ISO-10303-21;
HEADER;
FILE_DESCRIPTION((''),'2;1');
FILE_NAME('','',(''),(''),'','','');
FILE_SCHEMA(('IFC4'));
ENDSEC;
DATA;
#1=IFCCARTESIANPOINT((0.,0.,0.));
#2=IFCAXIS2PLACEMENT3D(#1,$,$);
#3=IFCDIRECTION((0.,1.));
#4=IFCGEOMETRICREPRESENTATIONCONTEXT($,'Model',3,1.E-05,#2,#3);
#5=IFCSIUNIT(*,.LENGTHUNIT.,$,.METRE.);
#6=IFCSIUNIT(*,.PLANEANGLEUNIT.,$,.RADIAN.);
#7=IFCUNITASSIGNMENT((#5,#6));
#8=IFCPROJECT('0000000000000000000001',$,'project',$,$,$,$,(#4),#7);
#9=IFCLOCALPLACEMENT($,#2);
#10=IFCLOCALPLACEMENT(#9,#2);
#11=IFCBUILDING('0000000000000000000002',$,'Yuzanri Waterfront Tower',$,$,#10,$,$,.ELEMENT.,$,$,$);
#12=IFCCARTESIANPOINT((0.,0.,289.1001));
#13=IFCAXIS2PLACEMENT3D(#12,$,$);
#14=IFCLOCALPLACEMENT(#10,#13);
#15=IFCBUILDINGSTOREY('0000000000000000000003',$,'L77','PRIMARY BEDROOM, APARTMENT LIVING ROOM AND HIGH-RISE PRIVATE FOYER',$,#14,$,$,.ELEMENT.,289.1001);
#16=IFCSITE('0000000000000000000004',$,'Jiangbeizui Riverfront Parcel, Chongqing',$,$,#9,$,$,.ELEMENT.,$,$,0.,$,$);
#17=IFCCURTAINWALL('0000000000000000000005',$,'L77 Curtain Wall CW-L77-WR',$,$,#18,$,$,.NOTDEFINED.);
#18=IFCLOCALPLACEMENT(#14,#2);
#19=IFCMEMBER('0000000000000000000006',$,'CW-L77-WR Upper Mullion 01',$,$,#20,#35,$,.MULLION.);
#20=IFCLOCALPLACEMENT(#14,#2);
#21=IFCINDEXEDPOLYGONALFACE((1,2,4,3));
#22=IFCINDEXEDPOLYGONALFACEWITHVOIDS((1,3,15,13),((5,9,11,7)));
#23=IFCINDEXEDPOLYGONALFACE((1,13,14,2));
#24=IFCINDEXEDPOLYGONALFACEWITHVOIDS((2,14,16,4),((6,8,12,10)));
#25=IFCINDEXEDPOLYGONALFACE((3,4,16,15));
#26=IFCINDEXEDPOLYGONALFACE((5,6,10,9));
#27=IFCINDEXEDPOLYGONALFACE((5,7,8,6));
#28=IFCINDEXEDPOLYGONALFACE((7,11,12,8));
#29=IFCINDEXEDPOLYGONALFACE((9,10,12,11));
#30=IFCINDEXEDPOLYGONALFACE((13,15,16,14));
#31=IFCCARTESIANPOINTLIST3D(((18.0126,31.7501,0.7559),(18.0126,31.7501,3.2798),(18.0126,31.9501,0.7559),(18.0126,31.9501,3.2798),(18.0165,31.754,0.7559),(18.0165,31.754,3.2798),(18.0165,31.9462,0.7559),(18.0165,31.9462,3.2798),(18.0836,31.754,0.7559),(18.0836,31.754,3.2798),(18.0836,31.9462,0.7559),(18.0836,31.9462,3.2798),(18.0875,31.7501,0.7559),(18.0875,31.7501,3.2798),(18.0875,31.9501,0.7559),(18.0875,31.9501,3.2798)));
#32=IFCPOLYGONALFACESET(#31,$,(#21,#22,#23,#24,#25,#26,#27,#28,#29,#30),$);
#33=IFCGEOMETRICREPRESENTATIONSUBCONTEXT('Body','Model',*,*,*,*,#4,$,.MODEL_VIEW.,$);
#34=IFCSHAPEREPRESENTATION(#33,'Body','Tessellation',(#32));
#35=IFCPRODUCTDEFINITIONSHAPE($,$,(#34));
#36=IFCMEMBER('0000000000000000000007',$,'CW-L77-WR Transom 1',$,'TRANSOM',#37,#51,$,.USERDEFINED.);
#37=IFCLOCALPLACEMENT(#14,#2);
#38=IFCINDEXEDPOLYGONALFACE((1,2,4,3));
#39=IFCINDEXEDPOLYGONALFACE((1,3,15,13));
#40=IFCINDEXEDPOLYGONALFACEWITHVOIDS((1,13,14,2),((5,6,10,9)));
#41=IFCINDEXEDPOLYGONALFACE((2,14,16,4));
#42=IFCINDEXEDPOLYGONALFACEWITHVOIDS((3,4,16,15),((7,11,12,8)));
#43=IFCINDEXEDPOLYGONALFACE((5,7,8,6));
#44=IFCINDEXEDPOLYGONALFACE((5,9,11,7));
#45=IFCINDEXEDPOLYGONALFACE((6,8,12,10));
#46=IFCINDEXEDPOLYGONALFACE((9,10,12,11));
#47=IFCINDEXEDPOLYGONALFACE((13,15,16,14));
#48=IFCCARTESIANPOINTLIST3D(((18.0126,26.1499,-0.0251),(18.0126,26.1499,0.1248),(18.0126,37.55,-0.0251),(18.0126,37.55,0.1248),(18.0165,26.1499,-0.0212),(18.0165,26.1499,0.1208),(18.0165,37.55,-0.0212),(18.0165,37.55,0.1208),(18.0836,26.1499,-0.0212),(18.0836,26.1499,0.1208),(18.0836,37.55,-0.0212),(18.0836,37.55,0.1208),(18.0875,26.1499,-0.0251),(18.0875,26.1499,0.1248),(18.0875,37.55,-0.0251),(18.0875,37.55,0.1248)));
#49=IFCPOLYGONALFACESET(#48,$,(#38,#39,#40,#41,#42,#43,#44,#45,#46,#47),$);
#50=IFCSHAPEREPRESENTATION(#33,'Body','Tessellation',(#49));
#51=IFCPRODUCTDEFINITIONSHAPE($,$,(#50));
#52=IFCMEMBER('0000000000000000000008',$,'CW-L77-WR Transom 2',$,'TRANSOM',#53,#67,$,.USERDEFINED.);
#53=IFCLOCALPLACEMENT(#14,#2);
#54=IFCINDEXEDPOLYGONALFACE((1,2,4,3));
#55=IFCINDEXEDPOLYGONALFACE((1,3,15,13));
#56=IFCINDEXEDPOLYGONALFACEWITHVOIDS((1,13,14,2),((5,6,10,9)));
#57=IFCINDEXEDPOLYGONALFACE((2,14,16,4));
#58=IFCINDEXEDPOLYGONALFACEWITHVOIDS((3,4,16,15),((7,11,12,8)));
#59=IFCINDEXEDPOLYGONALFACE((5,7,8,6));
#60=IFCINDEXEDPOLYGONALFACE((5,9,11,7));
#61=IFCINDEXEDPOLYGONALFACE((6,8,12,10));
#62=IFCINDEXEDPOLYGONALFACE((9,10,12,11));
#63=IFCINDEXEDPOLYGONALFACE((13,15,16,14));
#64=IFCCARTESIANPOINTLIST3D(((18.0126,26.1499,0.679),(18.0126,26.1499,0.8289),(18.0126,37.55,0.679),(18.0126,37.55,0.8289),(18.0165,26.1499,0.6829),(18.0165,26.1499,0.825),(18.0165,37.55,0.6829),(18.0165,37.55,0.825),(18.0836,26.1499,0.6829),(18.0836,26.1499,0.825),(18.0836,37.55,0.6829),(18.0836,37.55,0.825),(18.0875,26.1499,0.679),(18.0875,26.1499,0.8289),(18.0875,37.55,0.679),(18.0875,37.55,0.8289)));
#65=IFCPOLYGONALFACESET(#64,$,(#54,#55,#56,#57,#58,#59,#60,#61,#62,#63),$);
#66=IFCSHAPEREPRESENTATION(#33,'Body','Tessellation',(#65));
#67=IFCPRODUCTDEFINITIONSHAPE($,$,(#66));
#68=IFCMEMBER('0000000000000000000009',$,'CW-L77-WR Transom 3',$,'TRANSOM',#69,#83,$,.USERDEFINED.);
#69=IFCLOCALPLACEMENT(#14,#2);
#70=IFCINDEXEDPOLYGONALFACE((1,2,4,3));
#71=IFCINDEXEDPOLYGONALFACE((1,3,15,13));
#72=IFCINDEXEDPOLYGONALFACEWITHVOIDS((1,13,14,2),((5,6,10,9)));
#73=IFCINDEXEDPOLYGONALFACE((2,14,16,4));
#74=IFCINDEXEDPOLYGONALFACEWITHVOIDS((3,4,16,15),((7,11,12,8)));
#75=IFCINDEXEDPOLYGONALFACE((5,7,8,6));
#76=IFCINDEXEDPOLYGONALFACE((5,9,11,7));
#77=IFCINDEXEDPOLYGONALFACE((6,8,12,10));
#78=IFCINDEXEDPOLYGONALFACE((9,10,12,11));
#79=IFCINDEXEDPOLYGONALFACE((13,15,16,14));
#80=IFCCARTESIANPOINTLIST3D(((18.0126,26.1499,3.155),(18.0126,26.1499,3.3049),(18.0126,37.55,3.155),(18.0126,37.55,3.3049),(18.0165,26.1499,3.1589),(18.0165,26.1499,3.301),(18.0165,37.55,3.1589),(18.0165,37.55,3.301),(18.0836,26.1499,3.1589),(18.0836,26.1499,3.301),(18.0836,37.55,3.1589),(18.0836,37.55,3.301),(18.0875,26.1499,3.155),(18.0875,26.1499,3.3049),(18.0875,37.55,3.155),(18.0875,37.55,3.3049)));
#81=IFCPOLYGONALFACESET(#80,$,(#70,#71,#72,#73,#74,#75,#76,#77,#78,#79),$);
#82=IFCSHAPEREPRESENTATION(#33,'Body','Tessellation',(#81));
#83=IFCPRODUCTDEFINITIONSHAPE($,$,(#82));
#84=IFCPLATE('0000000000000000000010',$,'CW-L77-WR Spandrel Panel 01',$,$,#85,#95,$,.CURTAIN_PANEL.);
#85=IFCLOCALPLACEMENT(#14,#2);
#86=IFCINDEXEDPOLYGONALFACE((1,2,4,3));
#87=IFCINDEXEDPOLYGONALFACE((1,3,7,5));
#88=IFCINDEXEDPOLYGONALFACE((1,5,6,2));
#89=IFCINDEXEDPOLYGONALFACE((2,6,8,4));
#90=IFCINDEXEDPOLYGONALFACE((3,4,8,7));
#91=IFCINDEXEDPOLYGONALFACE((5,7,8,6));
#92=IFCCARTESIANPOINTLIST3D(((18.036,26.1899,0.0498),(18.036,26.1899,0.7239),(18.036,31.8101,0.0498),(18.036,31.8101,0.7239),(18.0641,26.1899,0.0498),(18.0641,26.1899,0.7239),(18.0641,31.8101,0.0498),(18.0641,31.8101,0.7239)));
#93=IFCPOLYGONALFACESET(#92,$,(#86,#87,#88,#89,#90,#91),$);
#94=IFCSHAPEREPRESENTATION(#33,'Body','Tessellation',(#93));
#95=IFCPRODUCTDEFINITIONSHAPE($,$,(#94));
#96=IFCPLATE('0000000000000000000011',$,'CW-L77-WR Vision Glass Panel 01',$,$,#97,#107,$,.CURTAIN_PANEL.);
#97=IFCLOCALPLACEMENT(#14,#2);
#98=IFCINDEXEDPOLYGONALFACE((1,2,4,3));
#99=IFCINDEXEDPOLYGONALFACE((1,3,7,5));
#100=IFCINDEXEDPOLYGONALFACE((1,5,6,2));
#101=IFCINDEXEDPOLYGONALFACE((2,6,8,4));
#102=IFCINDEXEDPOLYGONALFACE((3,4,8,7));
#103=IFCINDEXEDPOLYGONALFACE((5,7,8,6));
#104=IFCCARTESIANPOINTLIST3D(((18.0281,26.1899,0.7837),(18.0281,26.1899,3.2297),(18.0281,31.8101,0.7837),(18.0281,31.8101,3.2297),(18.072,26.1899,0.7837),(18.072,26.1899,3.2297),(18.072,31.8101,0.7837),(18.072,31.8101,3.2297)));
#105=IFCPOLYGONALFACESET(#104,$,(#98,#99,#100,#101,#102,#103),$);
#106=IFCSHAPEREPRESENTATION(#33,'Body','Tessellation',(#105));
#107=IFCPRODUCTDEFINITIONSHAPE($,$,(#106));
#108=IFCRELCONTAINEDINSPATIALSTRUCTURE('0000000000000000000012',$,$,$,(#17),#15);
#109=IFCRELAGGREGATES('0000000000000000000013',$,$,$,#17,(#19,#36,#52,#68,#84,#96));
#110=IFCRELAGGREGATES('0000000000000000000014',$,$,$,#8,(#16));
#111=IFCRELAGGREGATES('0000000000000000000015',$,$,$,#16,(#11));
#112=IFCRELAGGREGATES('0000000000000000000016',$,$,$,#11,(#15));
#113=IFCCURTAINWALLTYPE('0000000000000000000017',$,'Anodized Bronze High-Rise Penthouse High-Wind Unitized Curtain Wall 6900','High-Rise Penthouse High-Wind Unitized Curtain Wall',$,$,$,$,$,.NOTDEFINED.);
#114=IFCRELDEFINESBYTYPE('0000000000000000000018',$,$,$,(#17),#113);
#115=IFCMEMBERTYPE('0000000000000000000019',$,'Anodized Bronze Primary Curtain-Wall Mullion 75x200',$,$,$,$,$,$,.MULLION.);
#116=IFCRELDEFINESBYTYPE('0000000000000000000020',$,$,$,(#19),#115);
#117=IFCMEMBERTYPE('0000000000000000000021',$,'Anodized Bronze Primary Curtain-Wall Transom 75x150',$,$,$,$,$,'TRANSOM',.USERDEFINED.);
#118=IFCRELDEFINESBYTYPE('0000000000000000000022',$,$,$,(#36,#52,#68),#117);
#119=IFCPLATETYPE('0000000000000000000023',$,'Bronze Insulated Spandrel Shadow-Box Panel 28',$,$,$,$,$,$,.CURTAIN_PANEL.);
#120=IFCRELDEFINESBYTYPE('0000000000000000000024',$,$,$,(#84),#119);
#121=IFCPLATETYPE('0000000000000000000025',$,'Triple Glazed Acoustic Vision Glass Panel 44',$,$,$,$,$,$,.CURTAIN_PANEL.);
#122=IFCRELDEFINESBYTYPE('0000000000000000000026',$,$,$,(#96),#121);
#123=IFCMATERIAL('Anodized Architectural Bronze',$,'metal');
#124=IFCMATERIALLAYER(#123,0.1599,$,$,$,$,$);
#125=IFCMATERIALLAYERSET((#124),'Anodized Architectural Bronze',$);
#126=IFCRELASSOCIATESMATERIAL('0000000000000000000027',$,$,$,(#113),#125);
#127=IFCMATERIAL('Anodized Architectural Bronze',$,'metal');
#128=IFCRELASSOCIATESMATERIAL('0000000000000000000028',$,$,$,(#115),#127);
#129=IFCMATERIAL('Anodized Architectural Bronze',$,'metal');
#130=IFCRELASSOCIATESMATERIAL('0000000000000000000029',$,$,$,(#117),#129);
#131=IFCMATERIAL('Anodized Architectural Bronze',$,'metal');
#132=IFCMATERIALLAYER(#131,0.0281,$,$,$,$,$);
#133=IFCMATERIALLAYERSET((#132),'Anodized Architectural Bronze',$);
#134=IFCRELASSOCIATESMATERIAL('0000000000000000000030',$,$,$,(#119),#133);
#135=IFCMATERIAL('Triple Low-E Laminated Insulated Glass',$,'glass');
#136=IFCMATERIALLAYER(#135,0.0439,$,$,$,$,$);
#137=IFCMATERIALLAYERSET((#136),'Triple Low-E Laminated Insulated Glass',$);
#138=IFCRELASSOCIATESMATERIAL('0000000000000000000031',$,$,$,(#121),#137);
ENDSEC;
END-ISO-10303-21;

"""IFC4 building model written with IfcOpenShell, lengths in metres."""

from ifc_helpers import new_model, si_unit, direction, frame, origin, origin_2d, place, context, subcontext, project, spatial, rectangle, hollow_rectangle, extrude, source, transform, mapped, material, layer, layer_set, material_profile, profile_set, type_object, element, aggregate, save


model = new_model("IFC4")

# Units and contexts
model_context = context("Model", 3, precision=1e-05, world=origin(), true_north=direction((0.0, 1.0)))
body_context = subcontext(model_context, "Body", "Model", "MODEL_VIEW")
ifc_project = project(units=[si_unit("LENGTHUNIT", "METRE"), si_unit("PLANEANGLEUNIT", "RADIAN")], contexts=[model_context])

# Site, building, storey
site_placement = place(None, origin())
site = spatial("IfcSite", under=ifc_project, at=site_placement, Name="Jiangbeizui Riverfront Parcel, Chongqing", CompositionType="ELEMENT", RefElevation=0.0)
building_placement = place(site_placement, origin())
building = spatial("IfcBuilding", under=site, at=building_placement, Name="Yuzanri Waterfront Tower", CompositionType="ELEMENT")
storey_placement = place(building_placement, frame((0.0, 0.0, 289.1001)))
storey = spatial("IfcBuildingStorey", under=building, at=storey_placement, Name="L77", Description="PRIMARY BEDROOM, APARTMENT LIVING ROOM AND HIGH-RISE PRIVATE FOYER", CompositionType="ELEMENT", Elevation=289.1001)

# Shared definitions
ifc_material_1 = material(Name="Anodized Architectural Bronze", Category="metal")
ifc_layer_1 = layer(ifc_material_1, 0.1599)
ifc_layer_set_1 = layer_set([ifc_layer_1], Name="Anodized Architectural Bronze")
curtain_wall_type = type_object("IfcCurtainWallType", Name="Anodized Bronze High-Rise Penthouse High-Wind Unitized Curtain Wall 6900", Description="High-Rise Penthouse High-Wind Unitized Curtain Wall", PredefinedType="NOTDEFINED", material=ifc_layer_set_1)
ifc_material_2 = material(Name="Anodized Architectural Bronze", Category="metal")
ifc_material_profile_1 = material_profile(ifc_material_2, hollow_rectangle(XDim=0.075, YDim=0.2, WallThickness=0.0039, at=origin_2d()), Name="CWM 75x200")
ifc_profile_set_1 = profile_set([ifc_material_profile_1], Name="Anodized Architectural Bronze")
member_type_1 = type_object("IfcMemberType", Name="Anodized Bronze Primary Curtain-Wall Mullion 75x200", PredefinedType="MULLION", material=ifc_profile_set_1)

# Curtain wall
curtain_wall_1_placement = place(storey_placement, origin())
curtain_wall_1 = element("IfcCurtainWall", 1, at=curtain_wall_1_placement, inside=storey, type_object=curtain_wall_type, Name="L77 Curtain Wall CW-L77-WR", PredefinedType="NOTDEFINED")

# Members
shared_shape_1 = source(origin(), body_context, "Body", "SweptSolid", [
    extrude(hollow_rectangle(XDim=0.075, YDim=0.2, WallThickness=0.0039, at=origin_2d()), origin(), (0.0, 0.0, 1.0), 2.5239),
])
member_1_placement = place(storey_placement, frame((18.05, 31.8501, 0.7559), z_axis=(0.0, 0.0, 1.0), x_axis=(1.0, 0.0, 0.0)))
member_1 = element("IfcMember", 2, at=member_1_placement, type_object=member_type_1, Name="CW-L77-WR Upper Mullion 01", PredefinedType="MULLION", context=body_context, shape_type="MappedRepresentation", body=[
    mapped(shared_shape_1, transform((0.0, 0.0, 0.0), scale=1.0)),
])
ifc_material_3 = material(Name="Anodized Architectural Bronze", Category="metal")
ifc_material_profile_2 = material_profile(ifc_material_3, hollow_rectangle(XDim=0.075, YDim=0.1499, WallThickness=0.0039, at=origin_2d()), Name="CWT 75x150")
ifc_profile_set_2 = profile_set([ifc_material_profile_2], Name="Anodized Architectural Bronze")
member_type_2 = type_object("IfcMemberType", Name="Anodized Bronze Primary Curtain-Wall Transom 75x150", ElementType="TRANSOM", PredefinedType="USERDEFINED", material=ifc_profile_set_2)
shared_shape_2 = source(origin(), body_context, "Body", "SweptSolid", [
    extrude(hollow_rectangle(XDim=0.075, YDim=0.1499, WallThickness=0.0039, at=origin_2d()), origin(), (0.0, 0.0, 1.0), 11.4001),
])
member_2_placement = place(storey_placement, frame((18.05, 26.1499, 0.0498), z_axis=(0.0, 1.0, 0.0), x_axis=(-1.0, 0.0, 0.0)))
member_2 = element("IfcMember", 3, at=member_2_placement, type_object=member_type_2, Name="CW-L77-WR Transom 1", ObjectType="TRANSOM", PredefinedType="USERDEFINED", context=body_context, shape_type="MappedRepresentation", body=[
    mapped(shared_shape_2, transform((0.0, 0.0, 0.0), scale=1.0)),
])
member_3_placement = place(storey_placement, frame((18.05, 26.1499, 0.7539), z_axis=(0.0, 1.0, 0.0), x_axis=(-1.0, 0.0, 0.0)))
member_3 = element("IfcMember", 4, at=member_3_placement, type_object=member_type_2, Name="CW-L77-WR Transom 2", ObjectType="TRANSOM", PredefinedType="USERDEFINED", context=body_context, shape_type="MappedRepresentation", body=[
    mapped(shared_shape_2, transform((0.0, 0.0, 0.0), scale=1.0)),
])
member_4_placement = place(storey_placement, frame((18.05, 26.1499, 3.23), z_axis=(0.0, 1.0, 0.0), x_axis=(-1.0, 0.0, 0.0)))
member_4 = element("IfcMember", 5, at=member_4_placement, type_object=member_type_2, Name="CW-L77-WR Transom 3", ObjectType="TRANSOM", PredefinedType="USERDEFINED", context=body_context, shape_type="MappedRepresentation", body=[
    mapped(shared_shape_2, transform((0.0, 0.0, 0.0), scale=1.0)),
])

# Plates
ifc_material_4 = material(Name="Anodized Architectural Bronze", Category="metal")
ifc_layer_2 = layer(ifc_material_4, 0.0281)
ifc_layer_set_2 = layer_set([ifc_layer_2], Name="Anodized Architectural Bronze")
plate_type_1 = type_object("IfcPlateType", Name="Bronze Insulated Spandrel Shadow-Box Panel 28", PredefinedType="CURTAIN_PANEL", material=ifc_layer_set_2)
shared_shape_3 = source(origin(), body_context, "Body", "SweptSolid", [
    extrude(rectangle(XDim=5.6201, YDim=0.0281, at=origin_2d()), origin(), (0.0, 0.0, 1.0), 0.6741),
])
plate_1_placement = place(storey_placement, frame((18.05, 29.0, 0.0498), z_axis=(0.0, 0.0, 1.0), x_axis=(0.0, 1.0, 0.0)))
plate_1 = element("IfcPlate", 6, at=plate_1_placement, type_object=plate_type_1, Name="CW-L77-WR Spandrel Panel 01", PredefinedType="CURTAIN_PANEL", context=body_context, shape_type="MappedRepresentation", body=[
    mapped(shared_shape_3, transform((0.0, 0.0, 0.0), scale=1.0)),
])
ifc_material_5 = material(Name="Triple Low-E Laminated Insulated Glass", Category="glass")
ifc_layer_3 = layer(ifc_material_5, 0.0439)
ifc_layer_set_3 = layer_set([ifc_layer_3], Name="Triple Low-E Laminated Insulated Glass")
plate_type_2 = type_object("IfcPlateType", Name="Triple Glazed Acoustic Vision Glass Panel 44", PredefinedType="CURTAIN_PANEL", material=ifc_layer_set_3)
shared_shape_4 = source(origin(), body_context, "Body", "SweptSolid", [
    extrude(rectangle(XDim=5.6201, YDim=0.0439, at=origin_2d()), origin(), (0.0, 0.0, 1.0), 2.446),
])
plate_2_placement = place(storey_placement, frame((18.05, 29.0, 0.7837), z_axis=(0.0, 0.0, 1.0), x_axis=(0.0, 1.0, 0.0)))
plate_2 = element("IfcPlate", 7, at=plate_2_placement, type_object=plate_type_2, Name="CW-L77-WR Vision Glass Panel 01", PredefinedType="CURTAIN_PANEL", context=body_context, shape_type="MappedRepresentation", body=[
    mapped(shared_shape_4, transform((0.0, 0.0, 0.0), scale=1.0)),
])
aggregate(curtain_wall_1, [member_1, member_2, member_3, member_4, plate_1, plate_2])

save(model, "model.ifc")
